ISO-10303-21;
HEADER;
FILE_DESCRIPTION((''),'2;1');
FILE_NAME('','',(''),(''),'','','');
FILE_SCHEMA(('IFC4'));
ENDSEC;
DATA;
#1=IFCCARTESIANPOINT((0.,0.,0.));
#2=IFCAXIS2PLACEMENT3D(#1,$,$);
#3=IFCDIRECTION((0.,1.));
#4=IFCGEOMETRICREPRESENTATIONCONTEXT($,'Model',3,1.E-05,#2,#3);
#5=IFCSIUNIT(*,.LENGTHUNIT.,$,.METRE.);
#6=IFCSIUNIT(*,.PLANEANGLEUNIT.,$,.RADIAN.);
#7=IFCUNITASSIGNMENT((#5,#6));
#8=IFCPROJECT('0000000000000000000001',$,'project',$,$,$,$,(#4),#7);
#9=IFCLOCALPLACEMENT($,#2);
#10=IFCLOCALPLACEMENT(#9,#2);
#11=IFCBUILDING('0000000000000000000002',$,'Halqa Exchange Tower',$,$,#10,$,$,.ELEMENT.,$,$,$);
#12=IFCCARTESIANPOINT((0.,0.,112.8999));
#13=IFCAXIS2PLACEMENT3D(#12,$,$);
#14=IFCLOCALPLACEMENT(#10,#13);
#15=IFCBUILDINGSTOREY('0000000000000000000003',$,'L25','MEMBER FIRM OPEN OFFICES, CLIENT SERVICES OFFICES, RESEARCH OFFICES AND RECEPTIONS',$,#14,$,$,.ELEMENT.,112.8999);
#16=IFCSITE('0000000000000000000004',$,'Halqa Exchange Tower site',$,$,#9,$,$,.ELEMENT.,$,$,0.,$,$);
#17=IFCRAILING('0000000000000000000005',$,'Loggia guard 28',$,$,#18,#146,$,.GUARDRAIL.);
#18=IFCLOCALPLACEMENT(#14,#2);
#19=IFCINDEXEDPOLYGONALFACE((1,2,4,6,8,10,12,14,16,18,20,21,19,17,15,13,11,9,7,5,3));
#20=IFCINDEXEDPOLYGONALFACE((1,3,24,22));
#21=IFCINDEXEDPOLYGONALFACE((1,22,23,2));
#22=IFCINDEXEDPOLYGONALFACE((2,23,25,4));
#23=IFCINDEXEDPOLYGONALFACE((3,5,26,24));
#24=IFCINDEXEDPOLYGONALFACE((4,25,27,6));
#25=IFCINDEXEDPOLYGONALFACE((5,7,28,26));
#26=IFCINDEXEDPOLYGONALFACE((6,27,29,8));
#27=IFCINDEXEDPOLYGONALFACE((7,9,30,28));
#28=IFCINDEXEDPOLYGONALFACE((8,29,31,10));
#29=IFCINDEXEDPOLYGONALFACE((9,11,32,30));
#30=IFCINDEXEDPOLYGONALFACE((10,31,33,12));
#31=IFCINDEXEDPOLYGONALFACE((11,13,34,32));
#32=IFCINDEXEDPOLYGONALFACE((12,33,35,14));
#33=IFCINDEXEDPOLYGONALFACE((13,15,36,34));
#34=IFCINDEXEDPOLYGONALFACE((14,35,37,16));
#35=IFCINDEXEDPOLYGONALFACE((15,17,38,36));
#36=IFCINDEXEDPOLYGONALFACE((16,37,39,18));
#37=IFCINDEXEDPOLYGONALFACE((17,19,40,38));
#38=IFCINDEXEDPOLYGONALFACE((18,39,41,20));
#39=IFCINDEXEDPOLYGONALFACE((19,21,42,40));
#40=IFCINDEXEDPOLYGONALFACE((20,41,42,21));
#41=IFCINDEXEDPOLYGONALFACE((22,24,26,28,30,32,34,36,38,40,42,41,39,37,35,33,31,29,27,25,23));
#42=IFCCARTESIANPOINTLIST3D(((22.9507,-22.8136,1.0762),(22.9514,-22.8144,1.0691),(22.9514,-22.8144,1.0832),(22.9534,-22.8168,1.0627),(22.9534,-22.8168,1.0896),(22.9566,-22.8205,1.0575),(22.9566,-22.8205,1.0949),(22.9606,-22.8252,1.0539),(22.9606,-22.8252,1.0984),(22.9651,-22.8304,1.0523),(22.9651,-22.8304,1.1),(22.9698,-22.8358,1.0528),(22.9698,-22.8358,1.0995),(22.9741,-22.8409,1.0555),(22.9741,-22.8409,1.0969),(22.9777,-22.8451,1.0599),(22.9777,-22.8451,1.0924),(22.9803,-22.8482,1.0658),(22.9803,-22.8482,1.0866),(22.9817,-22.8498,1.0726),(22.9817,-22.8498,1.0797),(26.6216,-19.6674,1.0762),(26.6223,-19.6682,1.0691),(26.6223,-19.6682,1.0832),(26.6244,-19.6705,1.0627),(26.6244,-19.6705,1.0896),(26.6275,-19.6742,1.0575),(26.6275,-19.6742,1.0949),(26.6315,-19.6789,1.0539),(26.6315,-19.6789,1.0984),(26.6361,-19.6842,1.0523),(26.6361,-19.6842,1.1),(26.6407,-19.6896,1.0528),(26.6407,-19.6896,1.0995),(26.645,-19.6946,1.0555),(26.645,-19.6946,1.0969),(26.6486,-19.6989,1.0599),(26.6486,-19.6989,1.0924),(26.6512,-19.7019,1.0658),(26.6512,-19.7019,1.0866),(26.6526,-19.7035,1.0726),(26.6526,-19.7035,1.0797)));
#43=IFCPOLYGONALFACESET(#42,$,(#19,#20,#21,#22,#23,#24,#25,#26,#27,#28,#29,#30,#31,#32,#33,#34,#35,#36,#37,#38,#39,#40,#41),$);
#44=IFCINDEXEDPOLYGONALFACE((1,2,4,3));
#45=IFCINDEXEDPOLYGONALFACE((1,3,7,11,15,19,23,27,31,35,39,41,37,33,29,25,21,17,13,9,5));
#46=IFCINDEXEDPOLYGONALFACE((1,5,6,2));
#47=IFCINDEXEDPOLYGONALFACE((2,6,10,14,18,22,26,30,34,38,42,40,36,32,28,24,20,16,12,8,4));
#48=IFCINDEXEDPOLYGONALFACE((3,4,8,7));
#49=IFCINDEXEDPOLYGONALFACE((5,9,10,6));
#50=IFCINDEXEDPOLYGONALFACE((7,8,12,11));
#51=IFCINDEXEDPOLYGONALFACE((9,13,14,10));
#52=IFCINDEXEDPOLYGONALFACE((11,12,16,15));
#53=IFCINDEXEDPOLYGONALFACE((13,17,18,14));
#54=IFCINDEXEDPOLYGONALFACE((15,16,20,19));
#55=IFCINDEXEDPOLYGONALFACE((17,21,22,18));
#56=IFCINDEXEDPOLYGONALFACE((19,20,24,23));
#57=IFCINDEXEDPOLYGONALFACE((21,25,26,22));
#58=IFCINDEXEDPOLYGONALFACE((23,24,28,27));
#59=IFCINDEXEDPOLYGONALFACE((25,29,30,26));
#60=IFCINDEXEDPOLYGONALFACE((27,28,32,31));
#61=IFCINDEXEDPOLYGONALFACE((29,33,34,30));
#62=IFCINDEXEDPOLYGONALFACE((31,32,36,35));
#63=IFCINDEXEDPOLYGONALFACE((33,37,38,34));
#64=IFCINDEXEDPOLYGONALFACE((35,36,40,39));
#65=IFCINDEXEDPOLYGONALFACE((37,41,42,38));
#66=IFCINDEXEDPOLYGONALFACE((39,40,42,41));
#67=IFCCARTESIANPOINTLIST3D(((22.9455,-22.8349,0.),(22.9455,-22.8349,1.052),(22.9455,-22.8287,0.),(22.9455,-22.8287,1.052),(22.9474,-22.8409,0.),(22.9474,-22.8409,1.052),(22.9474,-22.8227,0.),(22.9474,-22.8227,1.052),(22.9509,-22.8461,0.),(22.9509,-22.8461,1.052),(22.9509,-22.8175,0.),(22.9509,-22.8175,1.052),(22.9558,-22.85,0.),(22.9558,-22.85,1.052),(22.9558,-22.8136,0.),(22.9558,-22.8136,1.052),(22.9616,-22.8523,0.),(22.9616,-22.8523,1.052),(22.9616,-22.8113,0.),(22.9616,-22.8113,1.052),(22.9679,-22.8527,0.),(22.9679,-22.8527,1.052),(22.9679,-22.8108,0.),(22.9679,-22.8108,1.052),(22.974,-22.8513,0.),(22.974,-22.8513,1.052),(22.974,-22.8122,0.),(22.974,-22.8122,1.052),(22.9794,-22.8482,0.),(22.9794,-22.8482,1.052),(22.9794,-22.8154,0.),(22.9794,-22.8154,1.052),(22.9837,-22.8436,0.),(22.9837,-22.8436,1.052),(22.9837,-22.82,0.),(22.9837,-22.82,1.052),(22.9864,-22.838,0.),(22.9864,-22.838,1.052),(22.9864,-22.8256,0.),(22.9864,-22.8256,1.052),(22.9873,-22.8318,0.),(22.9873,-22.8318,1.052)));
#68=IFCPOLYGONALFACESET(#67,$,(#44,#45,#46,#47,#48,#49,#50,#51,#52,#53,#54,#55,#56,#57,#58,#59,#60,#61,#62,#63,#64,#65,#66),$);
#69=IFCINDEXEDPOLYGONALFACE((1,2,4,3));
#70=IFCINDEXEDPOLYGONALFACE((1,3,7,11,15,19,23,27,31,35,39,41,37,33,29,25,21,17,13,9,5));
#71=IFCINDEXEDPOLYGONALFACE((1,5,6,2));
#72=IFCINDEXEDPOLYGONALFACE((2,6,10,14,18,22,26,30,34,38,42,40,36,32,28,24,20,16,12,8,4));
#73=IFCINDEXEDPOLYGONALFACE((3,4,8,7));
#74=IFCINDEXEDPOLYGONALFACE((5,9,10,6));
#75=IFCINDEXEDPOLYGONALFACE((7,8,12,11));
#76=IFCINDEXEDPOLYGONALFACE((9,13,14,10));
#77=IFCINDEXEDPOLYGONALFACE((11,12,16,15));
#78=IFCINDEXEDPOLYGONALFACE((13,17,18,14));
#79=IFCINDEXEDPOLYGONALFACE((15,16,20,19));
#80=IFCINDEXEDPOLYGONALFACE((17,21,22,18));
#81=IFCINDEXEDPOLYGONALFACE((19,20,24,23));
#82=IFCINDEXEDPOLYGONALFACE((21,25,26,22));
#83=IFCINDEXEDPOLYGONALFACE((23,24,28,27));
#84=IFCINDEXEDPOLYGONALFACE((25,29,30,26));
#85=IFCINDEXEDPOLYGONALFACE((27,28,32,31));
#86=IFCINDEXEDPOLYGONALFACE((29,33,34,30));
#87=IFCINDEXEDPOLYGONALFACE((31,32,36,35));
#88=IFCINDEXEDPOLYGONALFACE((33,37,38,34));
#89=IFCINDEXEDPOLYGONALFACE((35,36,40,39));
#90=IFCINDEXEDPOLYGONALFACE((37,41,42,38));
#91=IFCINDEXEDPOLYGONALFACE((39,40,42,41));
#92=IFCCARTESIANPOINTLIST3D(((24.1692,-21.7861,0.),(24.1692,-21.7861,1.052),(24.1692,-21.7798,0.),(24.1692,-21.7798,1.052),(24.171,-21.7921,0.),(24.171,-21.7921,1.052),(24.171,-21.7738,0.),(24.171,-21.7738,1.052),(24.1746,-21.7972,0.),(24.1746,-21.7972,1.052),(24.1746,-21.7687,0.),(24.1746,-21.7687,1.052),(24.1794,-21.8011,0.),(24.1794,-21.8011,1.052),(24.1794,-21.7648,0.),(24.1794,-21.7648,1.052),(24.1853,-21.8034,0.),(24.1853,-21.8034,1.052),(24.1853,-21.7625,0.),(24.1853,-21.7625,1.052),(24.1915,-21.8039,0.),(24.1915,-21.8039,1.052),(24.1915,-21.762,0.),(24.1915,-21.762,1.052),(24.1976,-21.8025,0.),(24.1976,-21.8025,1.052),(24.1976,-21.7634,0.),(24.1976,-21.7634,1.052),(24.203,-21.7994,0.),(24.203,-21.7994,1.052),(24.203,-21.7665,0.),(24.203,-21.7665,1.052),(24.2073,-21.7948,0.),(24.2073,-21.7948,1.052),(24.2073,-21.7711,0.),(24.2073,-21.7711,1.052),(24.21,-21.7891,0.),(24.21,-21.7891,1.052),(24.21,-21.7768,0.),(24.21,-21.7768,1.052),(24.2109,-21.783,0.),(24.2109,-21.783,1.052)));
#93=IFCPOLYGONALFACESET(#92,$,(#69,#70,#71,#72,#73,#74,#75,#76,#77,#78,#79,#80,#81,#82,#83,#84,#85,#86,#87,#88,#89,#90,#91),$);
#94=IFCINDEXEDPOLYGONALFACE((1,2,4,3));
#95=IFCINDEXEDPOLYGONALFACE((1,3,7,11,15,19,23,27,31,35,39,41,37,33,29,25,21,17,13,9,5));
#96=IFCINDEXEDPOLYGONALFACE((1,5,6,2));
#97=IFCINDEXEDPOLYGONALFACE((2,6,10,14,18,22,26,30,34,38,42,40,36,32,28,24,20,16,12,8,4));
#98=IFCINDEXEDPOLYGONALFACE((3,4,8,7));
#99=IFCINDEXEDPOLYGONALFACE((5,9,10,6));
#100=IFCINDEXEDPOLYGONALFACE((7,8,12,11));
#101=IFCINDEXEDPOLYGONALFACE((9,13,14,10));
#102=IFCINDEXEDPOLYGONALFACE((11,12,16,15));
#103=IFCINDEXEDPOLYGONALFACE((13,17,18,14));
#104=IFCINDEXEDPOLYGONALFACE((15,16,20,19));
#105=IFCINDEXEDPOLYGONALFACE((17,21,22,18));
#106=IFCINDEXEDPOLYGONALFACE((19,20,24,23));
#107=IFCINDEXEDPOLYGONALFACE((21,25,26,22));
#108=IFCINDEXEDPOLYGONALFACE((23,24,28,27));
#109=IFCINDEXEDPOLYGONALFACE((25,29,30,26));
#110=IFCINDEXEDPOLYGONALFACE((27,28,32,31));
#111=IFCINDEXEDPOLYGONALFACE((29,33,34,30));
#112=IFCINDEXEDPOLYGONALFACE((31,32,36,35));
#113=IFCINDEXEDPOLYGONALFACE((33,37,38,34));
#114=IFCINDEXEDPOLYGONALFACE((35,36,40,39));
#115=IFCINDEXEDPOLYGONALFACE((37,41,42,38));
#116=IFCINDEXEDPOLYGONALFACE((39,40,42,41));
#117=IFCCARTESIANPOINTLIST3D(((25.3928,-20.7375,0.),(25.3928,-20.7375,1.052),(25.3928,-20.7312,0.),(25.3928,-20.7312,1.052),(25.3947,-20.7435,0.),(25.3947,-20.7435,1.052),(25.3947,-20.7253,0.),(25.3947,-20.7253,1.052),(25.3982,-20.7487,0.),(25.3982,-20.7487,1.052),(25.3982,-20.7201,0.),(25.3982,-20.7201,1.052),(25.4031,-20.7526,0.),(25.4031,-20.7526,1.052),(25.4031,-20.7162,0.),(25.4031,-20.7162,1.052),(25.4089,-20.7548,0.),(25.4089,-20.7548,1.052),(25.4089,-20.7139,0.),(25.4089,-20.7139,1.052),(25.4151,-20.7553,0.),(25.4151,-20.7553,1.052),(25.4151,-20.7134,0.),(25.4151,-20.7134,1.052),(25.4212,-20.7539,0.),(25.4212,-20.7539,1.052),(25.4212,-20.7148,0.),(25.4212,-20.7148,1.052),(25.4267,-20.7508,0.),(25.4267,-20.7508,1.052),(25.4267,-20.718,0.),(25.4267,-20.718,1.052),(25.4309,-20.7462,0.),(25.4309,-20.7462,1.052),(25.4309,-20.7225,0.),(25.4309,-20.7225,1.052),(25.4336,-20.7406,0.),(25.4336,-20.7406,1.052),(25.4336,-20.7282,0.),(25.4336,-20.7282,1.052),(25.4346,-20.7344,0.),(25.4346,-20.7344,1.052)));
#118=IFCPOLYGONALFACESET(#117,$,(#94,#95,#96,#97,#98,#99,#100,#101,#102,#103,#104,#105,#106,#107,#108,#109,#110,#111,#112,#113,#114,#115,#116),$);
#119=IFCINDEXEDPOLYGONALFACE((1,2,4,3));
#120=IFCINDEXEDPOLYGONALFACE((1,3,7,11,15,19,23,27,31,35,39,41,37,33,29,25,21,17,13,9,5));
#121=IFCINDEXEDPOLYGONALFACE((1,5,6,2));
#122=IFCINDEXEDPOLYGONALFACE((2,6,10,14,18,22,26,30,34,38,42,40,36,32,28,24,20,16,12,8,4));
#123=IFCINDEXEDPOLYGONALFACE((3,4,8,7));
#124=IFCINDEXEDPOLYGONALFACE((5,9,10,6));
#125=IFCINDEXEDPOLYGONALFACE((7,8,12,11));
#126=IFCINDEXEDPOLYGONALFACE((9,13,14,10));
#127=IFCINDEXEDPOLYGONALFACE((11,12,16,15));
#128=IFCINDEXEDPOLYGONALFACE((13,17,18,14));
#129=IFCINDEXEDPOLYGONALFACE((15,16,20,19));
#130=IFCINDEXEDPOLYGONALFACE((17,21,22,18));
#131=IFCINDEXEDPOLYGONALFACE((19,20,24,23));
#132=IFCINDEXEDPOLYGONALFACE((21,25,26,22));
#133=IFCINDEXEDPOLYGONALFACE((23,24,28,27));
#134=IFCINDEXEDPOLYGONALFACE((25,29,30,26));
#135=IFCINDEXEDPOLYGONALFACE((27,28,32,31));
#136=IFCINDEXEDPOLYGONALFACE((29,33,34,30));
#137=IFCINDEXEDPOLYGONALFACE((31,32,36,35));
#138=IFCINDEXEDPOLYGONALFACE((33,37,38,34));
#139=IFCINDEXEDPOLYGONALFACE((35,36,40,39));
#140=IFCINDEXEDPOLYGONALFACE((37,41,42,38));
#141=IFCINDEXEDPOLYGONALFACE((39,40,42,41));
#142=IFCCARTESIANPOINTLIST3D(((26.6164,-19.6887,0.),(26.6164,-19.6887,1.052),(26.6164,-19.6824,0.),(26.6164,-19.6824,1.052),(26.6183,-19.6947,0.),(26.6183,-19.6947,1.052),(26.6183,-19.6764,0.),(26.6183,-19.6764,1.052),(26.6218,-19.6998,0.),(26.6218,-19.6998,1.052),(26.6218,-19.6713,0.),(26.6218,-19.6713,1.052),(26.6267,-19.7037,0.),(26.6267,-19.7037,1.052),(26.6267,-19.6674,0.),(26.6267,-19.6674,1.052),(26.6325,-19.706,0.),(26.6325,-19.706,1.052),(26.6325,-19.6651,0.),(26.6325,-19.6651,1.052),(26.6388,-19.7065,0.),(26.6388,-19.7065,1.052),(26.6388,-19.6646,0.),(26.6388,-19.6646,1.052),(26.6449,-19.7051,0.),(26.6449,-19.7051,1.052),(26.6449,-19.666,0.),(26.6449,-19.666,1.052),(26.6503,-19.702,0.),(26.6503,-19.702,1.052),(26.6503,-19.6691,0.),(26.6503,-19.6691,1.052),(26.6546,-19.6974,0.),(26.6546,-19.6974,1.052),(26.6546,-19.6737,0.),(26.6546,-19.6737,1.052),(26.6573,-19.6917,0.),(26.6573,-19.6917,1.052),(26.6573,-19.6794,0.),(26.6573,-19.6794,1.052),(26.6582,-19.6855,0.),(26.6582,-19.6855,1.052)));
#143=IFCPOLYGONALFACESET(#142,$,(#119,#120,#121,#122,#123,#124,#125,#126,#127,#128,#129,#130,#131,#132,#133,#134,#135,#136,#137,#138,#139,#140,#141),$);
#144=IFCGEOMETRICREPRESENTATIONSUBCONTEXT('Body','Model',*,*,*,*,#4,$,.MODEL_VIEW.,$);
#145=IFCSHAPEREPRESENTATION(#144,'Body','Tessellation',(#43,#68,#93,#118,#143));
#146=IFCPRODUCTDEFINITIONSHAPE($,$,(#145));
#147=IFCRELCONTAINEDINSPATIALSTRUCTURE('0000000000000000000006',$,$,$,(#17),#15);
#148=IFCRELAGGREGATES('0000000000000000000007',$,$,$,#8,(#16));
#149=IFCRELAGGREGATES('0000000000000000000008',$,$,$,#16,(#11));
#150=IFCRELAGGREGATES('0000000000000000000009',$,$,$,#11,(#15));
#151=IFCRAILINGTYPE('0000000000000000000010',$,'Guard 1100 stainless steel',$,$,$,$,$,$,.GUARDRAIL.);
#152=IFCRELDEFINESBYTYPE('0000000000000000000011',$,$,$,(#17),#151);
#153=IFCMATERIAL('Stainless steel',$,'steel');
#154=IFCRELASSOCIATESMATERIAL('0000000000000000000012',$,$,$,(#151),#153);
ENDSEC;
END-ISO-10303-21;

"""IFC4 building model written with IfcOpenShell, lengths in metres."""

from ifc_helpers import new_model, si_unit, direction, frame, origin, origin_2d, place, context, subcontext, project, spatial, circle, extrude, material, type_object, element, save


model = new_model("IFC4")

# Units and contexts
model_context = context("Model", 3, precision=1e-05, world=origin(), true_north=direction((0.0, 1.0)))
body_context = subcontext(model_context, "Body", "Model", "MODEL_VIEW")
ifc_project = project(units=[si_unit("LENGTHUNIT", "METRE"), si_unit("PLANEANGLEUNIT", "RADIAN")], contexts=[model_context])

# Site, building, storey
site_placement = place(None, origin())
site = spatial("IfcSite", under=ifc_project, at=site_placement, Name="Halqa Exchange Tower site", CompositionType="ELEMENT", RefElevation=0.0)
building_placement = place(site_placement, origin())
building = spatial("IfcBuilding", under=site, at=building_placement, Name="Halqa Exchange Tower", CompositionType="ELEMENT")
storey_placement = place(building_placement, frame((0.0, 0.0, 112.8999)))
storey = spatial("IfcBuildingStorey", under=building, at=storey_placement, Name="L25", Description="MEMBER FIRM OPEN OFFICES, CLIENT SERVICES OFFICES, RESEARCH OFFICES AND RECEPTIONS", CompositionType="ELEMENT", Elevation=112.8999)

# Railing
ifc_material_1 = material(Name="Stainless steel", Category="steel")
railing_type = type_object("IfcRailingType", Name="Guard 1100 stainless steel", PredefinedType="GUARDRAIL", material=ifc_material_1)
railing_1_placement = place(storey_placement, frame((22.9663, -22.8318, 0.0)))
element("IfcRailing", 1, at=railing_1_placement, inside=storey, type_object=railing_type, Name="Loggia guard 28", PredefinedType="GUARDRAIL", context=body_context, shape_type="SweptSolid", body=[
    extrude(circle(Radius=0.0239, at=origin_2d()), frame((0.0, 0.0, 1.0762), z_axis=(0.759282, 0.650762, 0.0), x_axis=(-0.650762, 0.759282, 0.0)), (0.0, 0.0, 1.0), 4.8347),
    extrude(circle(Radius=0.021, at=origin_2d()), origin(), (0.0, 0.0, 1.0), 1.052),
    extrude(circle(Radius=0.021, at=origin_2d()), frame((1.2236, 1.0488, 0.0)), (0.0, 0.0, 1.0), 1.052),
    extrude(circle(Radius=0.021, at=origin_2d()), frame((2.4473, 2.0974, 0.0)), (0.0, 0.0, 1.0), 1.052),
    extrude(circle(Radius=0.021, at=origin_2d()), frame((3.6709, 3.1462, 0.0)), (0.0, 0.0, 1.0), 1.052),
])

save(model, "model.ifc")
